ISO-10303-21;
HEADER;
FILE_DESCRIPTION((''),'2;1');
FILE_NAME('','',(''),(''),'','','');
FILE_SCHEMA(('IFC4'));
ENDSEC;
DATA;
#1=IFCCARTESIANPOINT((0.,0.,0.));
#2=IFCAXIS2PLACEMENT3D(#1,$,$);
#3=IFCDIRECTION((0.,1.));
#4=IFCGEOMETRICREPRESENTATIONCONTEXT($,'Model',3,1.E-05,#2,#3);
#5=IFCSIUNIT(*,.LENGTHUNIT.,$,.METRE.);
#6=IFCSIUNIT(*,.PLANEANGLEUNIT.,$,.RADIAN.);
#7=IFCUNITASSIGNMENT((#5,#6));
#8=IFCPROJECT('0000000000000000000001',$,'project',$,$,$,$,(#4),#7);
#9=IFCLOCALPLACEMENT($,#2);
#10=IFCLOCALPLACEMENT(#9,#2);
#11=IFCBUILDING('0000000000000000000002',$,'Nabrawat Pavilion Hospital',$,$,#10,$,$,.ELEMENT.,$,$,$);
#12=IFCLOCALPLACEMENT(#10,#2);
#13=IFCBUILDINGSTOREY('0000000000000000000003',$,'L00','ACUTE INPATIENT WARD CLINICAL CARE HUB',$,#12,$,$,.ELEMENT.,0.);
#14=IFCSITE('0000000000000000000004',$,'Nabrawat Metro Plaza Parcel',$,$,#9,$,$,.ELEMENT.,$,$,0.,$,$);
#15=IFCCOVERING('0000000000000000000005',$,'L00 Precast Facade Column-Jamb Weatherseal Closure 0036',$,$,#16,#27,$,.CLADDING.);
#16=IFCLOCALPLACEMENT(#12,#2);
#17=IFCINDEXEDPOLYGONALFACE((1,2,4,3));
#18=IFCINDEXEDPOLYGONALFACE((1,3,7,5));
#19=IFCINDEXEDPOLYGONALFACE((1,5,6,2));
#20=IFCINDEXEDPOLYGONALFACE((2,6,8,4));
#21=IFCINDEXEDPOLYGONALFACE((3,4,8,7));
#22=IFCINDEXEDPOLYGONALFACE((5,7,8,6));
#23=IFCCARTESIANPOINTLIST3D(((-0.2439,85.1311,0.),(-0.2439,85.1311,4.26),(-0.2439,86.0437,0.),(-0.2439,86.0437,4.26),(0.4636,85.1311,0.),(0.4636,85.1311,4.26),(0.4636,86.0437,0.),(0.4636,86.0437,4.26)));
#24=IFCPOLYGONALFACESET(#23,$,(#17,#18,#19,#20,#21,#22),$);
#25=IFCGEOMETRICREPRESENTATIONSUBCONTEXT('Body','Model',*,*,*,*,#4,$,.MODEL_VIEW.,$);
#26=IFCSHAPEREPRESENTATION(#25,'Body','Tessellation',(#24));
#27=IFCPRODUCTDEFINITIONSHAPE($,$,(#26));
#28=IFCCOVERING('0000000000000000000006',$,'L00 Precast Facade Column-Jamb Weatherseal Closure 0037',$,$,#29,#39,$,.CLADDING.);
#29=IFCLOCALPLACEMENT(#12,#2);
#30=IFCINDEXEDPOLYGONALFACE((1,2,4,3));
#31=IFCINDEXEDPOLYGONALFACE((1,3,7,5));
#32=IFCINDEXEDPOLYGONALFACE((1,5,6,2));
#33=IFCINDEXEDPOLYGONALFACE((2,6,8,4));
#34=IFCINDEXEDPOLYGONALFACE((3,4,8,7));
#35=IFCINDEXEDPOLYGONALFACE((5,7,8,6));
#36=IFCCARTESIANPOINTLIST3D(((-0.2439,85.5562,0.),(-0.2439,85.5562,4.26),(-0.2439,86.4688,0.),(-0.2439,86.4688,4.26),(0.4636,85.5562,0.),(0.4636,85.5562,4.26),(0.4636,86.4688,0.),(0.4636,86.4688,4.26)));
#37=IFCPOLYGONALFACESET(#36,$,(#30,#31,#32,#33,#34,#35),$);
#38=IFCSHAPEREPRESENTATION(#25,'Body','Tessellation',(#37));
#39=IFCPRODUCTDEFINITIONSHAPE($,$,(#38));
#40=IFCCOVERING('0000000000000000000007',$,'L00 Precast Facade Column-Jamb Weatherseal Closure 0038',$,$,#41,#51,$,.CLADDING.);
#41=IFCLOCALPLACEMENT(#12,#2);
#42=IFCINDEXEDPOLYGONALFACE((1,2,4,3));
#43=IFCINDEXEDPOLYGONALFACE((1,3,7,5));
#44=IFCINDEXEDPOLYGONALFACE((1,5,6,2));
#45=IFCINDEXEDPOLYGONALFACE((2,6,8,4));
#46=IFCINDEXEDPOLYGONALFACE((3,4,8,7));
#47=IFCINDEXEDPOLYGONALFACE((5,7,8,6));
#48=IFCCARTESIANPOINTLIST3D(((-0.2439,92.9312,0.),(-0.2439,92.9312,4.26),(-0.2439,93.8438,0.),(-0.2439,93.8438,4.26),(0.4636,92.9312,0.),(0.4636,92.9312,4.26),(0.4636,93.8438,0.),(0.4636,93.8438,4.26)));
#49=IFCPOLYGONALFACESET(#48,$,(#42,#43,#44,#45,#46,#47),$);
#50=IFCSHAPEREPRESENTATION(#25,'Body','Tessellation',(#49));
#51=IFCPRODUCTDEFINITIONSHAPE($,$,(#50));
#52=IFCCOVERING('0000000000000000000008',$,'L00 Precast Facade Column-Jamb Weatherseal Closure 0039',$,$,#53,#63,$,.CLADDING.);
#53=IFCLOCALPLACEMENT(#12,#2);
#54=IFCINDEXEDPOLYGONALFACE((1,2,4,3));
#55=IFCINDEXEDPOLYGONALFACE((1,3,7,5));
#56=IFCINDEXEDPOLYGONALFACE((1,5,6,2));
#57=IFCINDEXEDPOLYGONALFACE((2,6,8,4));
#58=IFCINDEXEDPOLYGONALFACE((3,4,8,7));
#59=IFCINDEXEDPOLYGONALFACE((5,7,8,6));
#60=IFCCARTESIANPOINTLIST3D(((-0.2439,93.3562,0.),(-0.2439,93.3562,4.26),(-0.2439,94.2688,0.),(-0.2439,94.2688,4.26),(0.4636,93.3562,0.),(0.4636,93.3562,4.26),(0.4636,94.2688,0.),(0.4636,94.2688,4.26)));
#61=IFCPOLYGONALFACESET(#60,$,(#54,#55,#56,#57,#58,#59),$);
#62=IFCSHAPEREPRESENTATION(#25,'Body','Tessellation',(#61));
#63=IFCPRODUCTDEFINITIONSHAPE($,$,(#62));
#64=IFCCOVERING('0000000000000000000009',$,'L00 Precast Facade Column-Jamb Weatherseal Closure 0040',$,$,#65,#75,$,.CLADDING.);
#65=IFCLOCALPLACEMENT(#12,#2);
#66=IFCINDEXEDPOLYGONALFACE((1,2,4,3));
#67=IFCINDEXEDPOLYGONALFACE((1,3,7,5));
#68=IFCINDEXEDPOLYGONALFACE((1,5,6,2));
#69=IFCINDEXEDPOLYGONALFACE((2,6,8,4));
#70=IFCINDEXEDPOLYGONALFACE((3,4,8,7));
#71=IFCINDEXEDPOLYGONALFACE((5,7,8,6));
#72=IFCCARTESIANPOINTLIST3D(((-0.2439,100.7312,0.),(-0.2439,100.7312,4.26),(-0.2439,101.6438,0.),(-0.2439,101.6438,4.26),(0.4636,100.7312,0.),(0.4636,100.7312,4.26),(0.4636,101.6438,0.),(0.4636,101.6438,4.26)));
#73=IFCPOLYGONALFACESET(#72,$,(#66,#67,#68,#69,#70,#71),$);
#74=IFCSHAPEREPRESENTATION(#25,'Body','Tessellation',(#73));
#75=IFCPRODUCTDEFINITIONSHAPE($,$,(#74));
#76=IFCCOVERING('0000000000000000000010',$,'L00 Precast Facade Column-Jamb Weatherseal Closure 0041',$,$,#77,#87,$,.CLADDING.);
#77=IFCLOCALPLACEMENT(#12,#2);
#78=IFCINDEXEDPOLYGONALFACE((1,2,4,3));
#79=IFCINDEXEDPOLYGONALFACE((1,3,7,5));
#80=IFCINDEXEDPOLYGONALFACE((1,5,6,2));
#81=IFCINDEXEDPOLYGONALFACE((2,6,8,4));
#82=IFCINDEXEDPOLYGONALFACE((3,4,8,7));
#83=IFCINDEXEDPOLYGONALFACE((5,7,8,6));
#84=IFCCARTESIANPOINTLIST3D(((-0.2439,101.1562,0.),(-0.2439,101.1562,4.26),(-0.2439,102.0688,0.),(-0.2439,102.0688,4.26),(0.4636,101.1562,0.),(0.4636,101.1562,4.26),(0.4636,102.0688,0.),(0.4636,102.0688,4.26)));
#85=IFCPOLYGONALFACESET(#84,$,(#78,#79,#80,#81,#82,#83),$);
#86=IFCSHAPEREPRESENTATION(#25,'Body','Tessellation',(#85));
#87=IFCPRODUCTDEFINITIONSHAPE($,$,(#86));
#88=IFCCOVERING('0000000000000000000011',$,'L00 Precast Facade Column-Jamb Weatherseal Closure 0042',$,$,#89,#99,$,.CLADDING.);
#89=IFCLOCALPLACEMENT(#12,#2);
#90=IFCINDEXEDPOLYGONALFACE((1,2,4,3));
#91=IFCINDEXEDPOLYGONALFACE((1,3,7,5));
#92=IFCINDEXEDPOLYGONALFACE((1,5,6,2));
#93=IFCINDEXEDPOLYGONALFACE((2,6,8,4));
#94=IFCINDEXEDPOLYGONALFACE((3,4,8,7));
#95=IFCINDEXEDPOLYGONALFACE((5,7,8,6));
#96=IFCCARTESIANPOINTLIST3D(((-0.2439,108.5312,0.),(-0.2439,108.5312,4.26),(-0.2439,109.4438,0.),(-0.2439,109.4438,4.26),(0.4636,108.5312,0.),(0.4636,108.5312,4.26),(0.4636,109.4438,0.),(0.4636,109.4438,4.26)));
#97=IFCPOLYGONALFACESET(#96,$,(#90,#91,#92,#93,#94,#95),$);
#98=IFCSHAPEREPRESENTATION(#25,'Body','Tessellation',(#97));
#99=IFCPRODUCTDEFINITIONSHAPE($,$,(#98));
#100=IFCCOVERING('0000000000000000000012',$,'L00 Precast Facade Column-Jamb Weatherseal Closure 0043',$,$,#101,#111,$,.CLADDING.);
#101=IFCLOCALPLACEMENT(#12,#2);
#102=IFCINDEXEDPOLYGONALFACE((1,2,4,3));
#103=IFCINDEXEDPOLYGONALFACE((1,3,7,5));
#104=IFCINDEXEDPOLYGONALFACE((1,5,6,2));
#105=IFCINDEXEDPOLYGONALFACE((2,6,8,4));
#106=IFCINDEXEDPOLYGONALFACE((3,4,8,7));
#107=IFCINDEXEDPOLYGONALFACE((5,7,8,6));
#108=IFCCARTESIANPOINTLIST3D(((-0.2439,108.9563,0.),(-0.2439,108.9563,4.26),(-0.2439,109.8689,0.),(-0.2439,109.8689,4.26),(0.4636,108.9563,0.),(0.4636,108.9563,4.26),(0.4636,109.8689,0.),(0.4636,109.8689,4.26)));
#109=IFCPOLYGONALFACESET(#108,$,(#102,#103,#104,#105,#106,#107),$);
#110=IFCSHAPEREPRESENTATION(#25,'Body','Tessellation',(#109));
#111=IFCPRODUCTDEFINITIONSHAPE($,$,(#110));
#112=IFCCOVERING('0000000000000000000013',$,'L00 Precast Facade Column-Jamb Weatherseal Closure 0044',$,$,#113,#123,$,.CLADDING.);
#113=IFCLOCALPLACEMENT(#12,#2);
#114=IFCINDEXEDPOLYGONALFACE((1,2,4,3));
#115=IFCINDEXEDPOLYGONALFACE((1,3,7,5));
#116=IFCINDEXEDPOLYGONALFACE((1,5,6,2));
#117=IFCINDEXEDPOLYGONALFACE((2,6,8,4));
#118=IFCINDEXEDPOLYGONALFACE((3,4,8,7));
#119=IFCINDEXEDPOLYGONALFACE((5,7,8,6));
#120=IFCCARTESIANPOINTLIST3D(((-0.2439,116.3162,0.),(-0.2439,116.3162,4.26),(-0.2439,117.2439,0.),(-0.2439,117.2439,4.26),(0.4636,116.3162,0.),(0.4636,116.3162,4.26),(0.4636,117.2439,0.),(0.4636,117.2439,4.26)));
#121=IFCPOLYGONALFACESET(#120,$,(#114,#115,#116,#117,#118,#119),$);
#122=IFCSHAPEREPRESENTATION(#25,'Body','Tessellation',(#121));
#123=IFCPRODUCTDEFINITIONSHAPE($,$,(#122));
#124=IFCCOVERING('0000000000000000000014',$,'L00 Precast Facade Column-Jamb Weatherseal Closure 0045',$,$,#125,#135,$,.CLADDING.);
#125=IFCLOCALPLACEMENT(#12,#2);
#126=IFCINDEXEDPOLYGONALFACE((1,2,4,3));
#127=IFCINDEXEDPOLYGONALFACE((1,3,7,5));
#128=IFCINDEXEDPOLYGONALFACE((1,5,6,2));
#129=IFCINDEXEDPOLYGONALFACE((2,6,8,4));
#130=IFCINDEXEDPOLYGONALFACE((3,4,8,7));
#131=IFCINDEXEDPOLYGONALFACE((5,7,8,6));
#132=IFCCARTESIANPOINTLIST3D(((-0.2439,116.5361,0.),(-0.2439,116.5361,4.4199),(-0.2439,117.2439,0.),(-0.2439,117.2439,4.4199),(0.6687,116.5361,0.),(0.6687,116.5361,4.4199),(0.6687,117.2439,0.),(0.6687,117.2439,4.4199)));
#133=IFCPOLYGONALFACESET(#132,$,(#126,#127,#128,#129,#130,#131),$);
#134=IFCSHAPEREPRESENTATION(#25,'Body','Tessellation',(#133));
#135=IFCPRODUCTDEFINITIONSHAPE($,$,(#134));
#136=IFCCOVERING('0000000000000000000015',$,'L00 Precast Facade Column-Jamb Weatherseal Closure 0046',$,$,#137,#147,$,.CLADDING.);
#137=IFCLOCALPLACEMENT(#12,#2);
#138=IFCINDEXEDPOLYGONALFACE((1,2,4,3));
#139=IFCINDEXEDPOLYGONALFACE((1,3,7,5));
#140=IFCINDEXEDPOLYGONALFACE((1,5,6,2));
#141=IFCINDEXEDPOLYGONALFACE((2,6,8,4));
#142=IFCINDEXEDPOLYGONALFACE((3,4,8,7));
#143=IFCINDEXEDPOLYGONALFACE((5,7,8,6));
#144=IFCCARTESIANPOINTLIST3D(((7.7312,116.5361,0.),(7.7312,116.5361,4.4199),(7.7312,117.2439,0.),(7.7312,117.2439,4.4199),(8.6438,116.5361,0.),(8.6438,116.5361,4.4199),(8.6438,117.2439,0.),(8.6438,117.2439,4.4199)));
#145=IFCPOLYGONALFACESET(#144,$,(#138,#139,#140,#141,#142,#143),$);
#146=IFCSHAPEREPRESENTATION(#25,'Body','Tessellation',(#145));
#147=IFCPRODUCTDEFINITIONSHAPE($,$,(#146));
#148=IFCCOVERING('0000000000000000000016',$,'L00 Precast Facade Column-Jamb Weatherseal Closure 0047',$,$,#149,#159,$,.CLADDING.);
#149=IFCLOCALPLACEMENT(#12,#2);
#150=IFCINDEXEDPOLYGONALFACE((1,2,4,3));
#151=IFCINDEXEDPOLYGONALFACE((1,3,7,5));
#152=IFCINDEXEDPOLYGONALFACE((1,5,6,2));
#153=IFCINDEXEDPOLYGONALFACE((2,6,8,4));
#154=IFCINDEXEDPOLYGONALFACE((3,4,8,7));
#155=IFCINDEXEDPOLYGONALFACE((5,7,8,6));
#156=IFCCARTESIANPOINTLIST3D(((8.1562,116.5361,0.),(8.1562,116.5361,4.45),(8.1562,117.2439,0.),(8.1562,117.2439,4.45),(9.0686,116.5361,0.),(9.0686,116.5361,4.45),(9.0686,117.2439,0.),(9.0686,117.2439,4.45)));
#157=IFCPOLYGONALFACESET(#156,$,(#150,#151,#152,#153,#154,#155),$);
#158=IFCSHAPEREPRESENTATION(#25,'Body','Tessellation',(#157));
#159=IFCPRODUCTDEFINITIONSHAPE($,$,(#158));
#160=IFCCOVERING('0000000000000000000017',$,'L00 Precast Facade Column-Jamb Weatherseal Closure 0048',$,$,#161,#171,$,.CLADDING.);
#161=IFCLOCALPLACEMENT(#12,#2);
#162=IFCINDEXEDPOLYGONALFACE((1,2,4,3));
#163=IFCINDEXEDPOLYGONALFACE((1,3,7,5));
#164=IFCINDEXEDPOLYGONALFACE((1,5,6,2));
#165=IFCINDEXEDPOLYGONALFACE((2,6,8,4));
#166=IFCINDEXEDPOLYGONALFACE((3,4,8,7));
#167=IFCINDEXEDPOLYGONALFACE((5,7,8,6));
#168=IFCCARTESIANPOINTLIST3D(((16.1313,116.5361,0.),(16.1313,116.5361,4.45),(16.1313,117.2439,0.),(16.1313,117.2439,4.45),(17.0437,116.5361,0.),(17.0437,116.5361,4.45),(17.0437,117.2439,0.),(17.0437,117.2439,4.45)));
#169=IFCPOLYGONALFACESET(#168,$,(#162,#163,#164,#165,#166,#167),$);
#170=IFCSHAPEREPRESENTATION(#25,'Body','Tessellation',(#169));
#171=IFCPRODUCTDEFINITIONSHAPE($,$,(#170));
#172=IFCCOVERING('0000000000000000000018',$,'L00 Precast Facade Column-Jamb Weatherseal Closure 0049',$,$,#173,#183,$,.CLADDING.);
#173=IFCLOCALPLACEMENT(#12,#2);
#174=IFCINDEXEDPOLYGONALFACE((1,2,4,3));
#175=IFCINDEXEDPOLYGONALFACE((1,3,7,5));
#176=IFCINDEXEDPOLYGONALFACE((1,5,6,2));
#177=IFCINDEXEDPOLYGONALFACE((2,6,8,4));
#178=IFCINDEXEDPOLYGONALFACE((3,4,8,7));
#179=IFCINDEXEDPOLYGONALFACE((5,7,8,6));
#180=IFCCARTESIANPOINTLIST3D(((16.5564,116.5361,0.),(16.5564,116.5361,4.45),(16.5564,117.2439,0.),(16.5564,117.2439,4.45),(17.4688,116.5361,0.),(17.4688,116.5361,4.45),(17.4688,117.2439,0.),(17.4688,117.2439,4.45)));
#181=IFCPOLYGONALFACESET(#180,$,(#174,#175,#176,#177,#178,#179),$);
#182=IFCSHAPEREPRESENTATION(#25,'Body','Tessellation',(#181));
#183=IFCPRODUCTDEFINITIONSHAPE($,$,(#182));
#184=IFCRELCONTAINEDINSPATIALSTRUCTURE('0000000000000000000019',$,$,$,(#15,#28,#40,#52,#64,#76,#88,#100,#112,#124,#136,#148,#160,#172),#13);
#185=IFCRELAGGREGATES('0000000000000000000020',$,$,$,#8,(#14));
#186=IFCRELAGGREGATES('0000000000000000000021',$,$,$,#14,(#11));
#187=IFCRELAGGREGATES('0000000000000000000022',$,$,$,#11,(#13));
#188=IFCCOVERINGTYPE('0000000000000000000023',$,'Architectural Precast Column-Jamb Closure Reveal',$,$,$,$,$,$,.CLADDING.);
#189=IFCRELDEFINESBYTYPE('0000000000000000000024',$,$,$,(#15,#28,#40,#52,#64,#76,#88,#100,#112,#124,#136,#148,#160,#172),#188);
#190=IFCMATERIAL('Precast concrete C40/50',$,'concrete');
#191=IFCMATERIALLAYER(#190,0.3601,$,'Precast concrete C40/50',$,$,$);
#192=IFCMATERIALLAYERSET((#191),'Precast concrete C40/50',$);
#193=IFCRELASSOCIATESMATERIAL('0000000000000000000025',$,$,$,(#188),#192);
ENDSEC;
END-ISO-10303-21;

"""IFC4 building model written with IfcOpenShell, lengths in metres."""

from ifc_helpers import new_model, si_unit, direction, origin, place, context, subcontext, project, spatial, polyline, outline, extrude, material, layer, layer_set, type_object, element, save


model = new_model("IFC4")

# Units and contexts
model_context = context("Model", 3, precision=1e-05, world=origin(), true_north=direction((0.0, 1.0)))
body_context = subcontext(model_context, "Body", "Model", "MODEL_VIEW")
ifc_project = project(units=[si_unit("LENGTHUNIT", "METRE"), si_unit("PLANEANGLEUNIT", "RADIAN")], contexts=[model_context])

# Site, building, storey
site_placement = place(None, origin())
site = spatial("IfcSite", under=ifc_project, at=site_placement, Name="Nabrawat Metro Plaza Parcel", CompositionType="ELEMENT", RefElevation=0.0)
building_placement = place(site_placement, origin())
building = spatial("IfcBuilding", under=site, at=building_placement, Name="Nabrawat Pavilion Hospital", CompositionType="ELEMENT")
storey_placement = place(building_placement, origin())
storey = spatial("IfcBuildingStorey", under=building, at=storey_placement, Name="L00", Description="ACUTE INPATIENT WARD CLINICAL CARE HUB", CompositionType="ELEMENT", Elevation=0.0)

# Coverings
ifc_material = material(Name="Precast concrete C40/50", Category="concrete")
ifc_layer = layer(ifc_material, 0.3601, Name="Precast concrete C40/50")
ifc_layer_set = layer_set([ifc_layer], Name="Precast concrete C40/50")
covering_type = type_object("IfcCoveringType", Name="Architectural Precast Column-Jamb Closure Reveal", PredefinedType="CLADDING", material=ifc_layer_set)
covering_1_placement = place(storey_placement, origin())
element("IfcCovering", 1, at=covering_1_placement, inside=storey, type_object=covering_type, Name="L00 Precast Facade Column-Jamb Weatherseal Closure 0036", PredefinedType="CLADDING", context=body_context, shape_type="SweptSolid", body=[
    extrude(outline(polyline([(0.4636, 85.1311), (0.4636, 86.0437), (-0.2439, 86.0437), (-0.2439, 85.1311), (0.4636, 85.1311)])), origin(), (0.0, 0.0, 1.0), 4.26),
])
covering_2_placement = place(storey_placement, origin())
element("IfcCovering", 2, at=covering_2_placement, inside=storey, type_object=covering_type, Name="L00 Precast Facade Column-Jamb Weatherseal Closure 0037", PredefinedType="CLADDING", context=body_context, shape_type="SweptSolid", body=[
    extrude(outline(polyline([(0.4636, 85.5562), (0.4636, 86.4688), (-0.2439, 86.4688), (-0.2439, 85.5562), (0.4636, 85.5562)])), origin(), (0.0, 0.0, 1.0), 4.26),
])
covering_3_placement = place(storey_placement, origin())
element("IfcCovering", 3, at=covering_3_placement, inside=storey, type_object=covering_type, Name="L00 Precast Facade Column-Jamb Weatherseal Closure 0038", PredefinedType="CLADDING", context=body_context, shape_type="SweptSolid", body=[
    extrude(outline(polyline([(0.4636, 92.9312), (0.4636, 93.8438), (-0.2439, 93.8438), (-0.2439, 92.9312), (0.4636, 92.9312)])), origin(), (0.0, 0.0, 1.0), 4.26),
])
covering_4_placement = place(storey_placement, origin())
element("IfcCovering", 4, at=covering_4_placement, inside=storey, type_object=covering_type, Name="L00 Precast Facade Column-Jamb Weatherseal Closure 0039", PredefinedType="CLADDING", context=body_context, shape_type="SweptSolid", body=[
    extrude(outline(polyline([(0.4636, 93.3562), (0.4636, 94.2688), (-0.2439, 94.2688), (-0.2439, 93.3562), (0.4636, 93.3562)])), origin(), (0.0, 0.0, 1.0), 4.26),
])
covering_5_placement = place(storey_placement, origin())
element("IfcCovering", 5, at=covering_5_placement, inside=storey, type_object=covering_type, Name="L00 Precast Facade Column-Jamb Weatherseal Closure 0040", PredefinedType="CLADDING", context=body_context, shape_type="SweptSolid", body=[
    extrude(outline(polyline([(0.4636, 100.7312), (0.4636, 101.6438), (-0.2439, 101.6438), (-0.2439, 100.7312), (0.4636, 100.7312)])), origin(), (0.0, 0.0, 1.0), 4.26),
])
covering_6_placement = place(storey_placement, origin())
element("IfcCovering", 6, at=covering_6_placement, inside=storey, type_object=covering_type, Name="L00 Precast Facade Column-Jamb Weatherseal Closure 0041", PredefinedType="CLADDING", context=body_context, shape_type="SweptSolid", body=[
    extrude(outline(polyline([(0.4636, 101.1562), (0.4636, 102.0688), (-0.2439, 102.0688), (-0.2439, 101.1562), (0.4636, 101.1562)])), origin(), (0.0, 0.0, 1.0), 4.26),
])
covering_7_placement = place(storey_placement, origin())
element("IfcCovering", 7, at=covering_7_placement, inside=storey, type_object=covering_type, Name="L00 Precast Facade Column-Jamb Weatherseal Closure 0042", PredefinedType="CLADDING", context=body_context, shape_type="SweptSolid", body=[
    extrude(outline(polyline([(0.4636, 108.5312), (0.4636, 109.4438), (-0.2439, 109.4438), (-0.2439, 108.5312), (0.4636, 108.5312)])), origin(), (0.0, 0.0, 1.0), 4.26),
])
covering_8_placement = place(storey_placement, origin())
element("IfcCovering", 8, at=covering_8_placement, inside=storey, type_object=covering_type, Name="L00 Precast Facade Column-Jamb Weatherseal Closure 0043", PredefinedType="CLADDING", context=body_context, shape_type="SweptSolid", body=[
    extrude(outline(polyline([(0.4636, 108.9563), (0.4636, 109.8689), (-0.2439, 109.8689), (-0.2439, 108.9563), (0.4636, 108.9563)])), origin(), (0.0, 0.0, 1.0), 4.26),
])
covering_9_placement = place(storey_placement, origin())
element("IfcCovering", 9, at=covering_9_placement, inside=storey, type_object=covering_type, Name="L00 Precast Facade Column-Jamb Weatherseal Closure 0044", PredefinedType="CLADDING", context=body_context, shape_type="SweptSolid", body=[
    extrude(outline(polyline([(0.4636, 116.3162), (0.4636, 117.2439), (-0.2439, 117.2439), (-0.2439, 116.3162), (0.4636, 116.3162)])), origin(), (0.0, 0.0, 1.0), 4.26),
])
covering_10_placement = place(storey_placement, origin())
element("IfcCovering", 10, at=covering_10_placement, inside=storey, type_object=covering_type, Name="L00 Precast Facade Column-Jamb Weatherseal Closure 0045", PredefinedType="CLADDING", context=body_context, shape_type="SweptSolid", body=[
    extrude(outline(polyline([(0.6687, 116.5361), (0.6687, 117.2439), (-0.2439, 117.2439), (-0.2439, 116.5361), (0.6687, 116.5361)])), origin(), (0.0, 0.0, 1.0), 4.4199),
])
covering_11_placement = place(storey_placement, origin())
element("IfcCovering", 11, at=covering_11_placement, inside=storey, type_object=covering_type, Name="L00 Precast Facade Column-Jamb Weatherseal Closure 0046", PredefinedType="CLADDING", context=body_context, shape_type="SweptSolid", body=[
    extrude(outline(polyline([(8.6438, 116.5361), (8.6438, 117.2439), (7.7312, 117.2439), (7.7312, 116.5361), (8.6438, 116.5361)])), origin(), (0.0, 0.0, 1.0), 4.4199),
])
covering_12_placement = place(storey_placement, origin())
element("IfcCovering", 12, at=covering_12_placement, inside=storey, type_object=covering_type, Name="L00 Precast Facade Column-Jamb Weatherseal Closure 0047", PredefinedType="CLADDING", context=body_context, shape_type="SweptSolid", body=[
    extrude(outline(polyline([(9.0686, 116.5361), (9.0686, 117.2439), (8.1562, 117.2439), (8.1562, 116.5361), (9.0686, 116.5361)])), origin(), (0.0, 0.0, 1.0), 4.45),
])
covering_13_placement = place(storey_placement, origin())
element("IfcCovering", 13, at=covering_13_placement, inside=storey, type_object=covering_type, Name="L00 Precast Facade Column-Jamb Weatherseal Closure 0048", PredefinedType="CLADDING", context=body_context, shape_type="SweptSolid", body=[
    extrude(outline(polyline([(17.0437, 116.5361), (17.0437, 117.2439), (16.1313, 117.2439), (16.1313, 116.5361), (17.0437, 116.5361)])), origin(), (0.0, 0.0, 1.0), 4.45),
])
covering_14_placement = place(storey_placement, origin())
element("IfcCovering", 14, at=covering_14_placement, inside=storey, type_object=covering_type, Name="L00 Precast Facade Column-Jamb Weatherseal Closure 0049", PredefinedType="CLADDING", context=body_context, shape_type="SweptSolid", body=[
    extrude(outline(polyline([(17.4688, 116.5361), (17.4688, 117.2439), (16.5564, 117.2439), (16.5564, 116.5361), (17.4688, 116.5361)])), origin(), (0.0, 0.0, 1.0), 4.45),
])

save(model, "model.ifc")
